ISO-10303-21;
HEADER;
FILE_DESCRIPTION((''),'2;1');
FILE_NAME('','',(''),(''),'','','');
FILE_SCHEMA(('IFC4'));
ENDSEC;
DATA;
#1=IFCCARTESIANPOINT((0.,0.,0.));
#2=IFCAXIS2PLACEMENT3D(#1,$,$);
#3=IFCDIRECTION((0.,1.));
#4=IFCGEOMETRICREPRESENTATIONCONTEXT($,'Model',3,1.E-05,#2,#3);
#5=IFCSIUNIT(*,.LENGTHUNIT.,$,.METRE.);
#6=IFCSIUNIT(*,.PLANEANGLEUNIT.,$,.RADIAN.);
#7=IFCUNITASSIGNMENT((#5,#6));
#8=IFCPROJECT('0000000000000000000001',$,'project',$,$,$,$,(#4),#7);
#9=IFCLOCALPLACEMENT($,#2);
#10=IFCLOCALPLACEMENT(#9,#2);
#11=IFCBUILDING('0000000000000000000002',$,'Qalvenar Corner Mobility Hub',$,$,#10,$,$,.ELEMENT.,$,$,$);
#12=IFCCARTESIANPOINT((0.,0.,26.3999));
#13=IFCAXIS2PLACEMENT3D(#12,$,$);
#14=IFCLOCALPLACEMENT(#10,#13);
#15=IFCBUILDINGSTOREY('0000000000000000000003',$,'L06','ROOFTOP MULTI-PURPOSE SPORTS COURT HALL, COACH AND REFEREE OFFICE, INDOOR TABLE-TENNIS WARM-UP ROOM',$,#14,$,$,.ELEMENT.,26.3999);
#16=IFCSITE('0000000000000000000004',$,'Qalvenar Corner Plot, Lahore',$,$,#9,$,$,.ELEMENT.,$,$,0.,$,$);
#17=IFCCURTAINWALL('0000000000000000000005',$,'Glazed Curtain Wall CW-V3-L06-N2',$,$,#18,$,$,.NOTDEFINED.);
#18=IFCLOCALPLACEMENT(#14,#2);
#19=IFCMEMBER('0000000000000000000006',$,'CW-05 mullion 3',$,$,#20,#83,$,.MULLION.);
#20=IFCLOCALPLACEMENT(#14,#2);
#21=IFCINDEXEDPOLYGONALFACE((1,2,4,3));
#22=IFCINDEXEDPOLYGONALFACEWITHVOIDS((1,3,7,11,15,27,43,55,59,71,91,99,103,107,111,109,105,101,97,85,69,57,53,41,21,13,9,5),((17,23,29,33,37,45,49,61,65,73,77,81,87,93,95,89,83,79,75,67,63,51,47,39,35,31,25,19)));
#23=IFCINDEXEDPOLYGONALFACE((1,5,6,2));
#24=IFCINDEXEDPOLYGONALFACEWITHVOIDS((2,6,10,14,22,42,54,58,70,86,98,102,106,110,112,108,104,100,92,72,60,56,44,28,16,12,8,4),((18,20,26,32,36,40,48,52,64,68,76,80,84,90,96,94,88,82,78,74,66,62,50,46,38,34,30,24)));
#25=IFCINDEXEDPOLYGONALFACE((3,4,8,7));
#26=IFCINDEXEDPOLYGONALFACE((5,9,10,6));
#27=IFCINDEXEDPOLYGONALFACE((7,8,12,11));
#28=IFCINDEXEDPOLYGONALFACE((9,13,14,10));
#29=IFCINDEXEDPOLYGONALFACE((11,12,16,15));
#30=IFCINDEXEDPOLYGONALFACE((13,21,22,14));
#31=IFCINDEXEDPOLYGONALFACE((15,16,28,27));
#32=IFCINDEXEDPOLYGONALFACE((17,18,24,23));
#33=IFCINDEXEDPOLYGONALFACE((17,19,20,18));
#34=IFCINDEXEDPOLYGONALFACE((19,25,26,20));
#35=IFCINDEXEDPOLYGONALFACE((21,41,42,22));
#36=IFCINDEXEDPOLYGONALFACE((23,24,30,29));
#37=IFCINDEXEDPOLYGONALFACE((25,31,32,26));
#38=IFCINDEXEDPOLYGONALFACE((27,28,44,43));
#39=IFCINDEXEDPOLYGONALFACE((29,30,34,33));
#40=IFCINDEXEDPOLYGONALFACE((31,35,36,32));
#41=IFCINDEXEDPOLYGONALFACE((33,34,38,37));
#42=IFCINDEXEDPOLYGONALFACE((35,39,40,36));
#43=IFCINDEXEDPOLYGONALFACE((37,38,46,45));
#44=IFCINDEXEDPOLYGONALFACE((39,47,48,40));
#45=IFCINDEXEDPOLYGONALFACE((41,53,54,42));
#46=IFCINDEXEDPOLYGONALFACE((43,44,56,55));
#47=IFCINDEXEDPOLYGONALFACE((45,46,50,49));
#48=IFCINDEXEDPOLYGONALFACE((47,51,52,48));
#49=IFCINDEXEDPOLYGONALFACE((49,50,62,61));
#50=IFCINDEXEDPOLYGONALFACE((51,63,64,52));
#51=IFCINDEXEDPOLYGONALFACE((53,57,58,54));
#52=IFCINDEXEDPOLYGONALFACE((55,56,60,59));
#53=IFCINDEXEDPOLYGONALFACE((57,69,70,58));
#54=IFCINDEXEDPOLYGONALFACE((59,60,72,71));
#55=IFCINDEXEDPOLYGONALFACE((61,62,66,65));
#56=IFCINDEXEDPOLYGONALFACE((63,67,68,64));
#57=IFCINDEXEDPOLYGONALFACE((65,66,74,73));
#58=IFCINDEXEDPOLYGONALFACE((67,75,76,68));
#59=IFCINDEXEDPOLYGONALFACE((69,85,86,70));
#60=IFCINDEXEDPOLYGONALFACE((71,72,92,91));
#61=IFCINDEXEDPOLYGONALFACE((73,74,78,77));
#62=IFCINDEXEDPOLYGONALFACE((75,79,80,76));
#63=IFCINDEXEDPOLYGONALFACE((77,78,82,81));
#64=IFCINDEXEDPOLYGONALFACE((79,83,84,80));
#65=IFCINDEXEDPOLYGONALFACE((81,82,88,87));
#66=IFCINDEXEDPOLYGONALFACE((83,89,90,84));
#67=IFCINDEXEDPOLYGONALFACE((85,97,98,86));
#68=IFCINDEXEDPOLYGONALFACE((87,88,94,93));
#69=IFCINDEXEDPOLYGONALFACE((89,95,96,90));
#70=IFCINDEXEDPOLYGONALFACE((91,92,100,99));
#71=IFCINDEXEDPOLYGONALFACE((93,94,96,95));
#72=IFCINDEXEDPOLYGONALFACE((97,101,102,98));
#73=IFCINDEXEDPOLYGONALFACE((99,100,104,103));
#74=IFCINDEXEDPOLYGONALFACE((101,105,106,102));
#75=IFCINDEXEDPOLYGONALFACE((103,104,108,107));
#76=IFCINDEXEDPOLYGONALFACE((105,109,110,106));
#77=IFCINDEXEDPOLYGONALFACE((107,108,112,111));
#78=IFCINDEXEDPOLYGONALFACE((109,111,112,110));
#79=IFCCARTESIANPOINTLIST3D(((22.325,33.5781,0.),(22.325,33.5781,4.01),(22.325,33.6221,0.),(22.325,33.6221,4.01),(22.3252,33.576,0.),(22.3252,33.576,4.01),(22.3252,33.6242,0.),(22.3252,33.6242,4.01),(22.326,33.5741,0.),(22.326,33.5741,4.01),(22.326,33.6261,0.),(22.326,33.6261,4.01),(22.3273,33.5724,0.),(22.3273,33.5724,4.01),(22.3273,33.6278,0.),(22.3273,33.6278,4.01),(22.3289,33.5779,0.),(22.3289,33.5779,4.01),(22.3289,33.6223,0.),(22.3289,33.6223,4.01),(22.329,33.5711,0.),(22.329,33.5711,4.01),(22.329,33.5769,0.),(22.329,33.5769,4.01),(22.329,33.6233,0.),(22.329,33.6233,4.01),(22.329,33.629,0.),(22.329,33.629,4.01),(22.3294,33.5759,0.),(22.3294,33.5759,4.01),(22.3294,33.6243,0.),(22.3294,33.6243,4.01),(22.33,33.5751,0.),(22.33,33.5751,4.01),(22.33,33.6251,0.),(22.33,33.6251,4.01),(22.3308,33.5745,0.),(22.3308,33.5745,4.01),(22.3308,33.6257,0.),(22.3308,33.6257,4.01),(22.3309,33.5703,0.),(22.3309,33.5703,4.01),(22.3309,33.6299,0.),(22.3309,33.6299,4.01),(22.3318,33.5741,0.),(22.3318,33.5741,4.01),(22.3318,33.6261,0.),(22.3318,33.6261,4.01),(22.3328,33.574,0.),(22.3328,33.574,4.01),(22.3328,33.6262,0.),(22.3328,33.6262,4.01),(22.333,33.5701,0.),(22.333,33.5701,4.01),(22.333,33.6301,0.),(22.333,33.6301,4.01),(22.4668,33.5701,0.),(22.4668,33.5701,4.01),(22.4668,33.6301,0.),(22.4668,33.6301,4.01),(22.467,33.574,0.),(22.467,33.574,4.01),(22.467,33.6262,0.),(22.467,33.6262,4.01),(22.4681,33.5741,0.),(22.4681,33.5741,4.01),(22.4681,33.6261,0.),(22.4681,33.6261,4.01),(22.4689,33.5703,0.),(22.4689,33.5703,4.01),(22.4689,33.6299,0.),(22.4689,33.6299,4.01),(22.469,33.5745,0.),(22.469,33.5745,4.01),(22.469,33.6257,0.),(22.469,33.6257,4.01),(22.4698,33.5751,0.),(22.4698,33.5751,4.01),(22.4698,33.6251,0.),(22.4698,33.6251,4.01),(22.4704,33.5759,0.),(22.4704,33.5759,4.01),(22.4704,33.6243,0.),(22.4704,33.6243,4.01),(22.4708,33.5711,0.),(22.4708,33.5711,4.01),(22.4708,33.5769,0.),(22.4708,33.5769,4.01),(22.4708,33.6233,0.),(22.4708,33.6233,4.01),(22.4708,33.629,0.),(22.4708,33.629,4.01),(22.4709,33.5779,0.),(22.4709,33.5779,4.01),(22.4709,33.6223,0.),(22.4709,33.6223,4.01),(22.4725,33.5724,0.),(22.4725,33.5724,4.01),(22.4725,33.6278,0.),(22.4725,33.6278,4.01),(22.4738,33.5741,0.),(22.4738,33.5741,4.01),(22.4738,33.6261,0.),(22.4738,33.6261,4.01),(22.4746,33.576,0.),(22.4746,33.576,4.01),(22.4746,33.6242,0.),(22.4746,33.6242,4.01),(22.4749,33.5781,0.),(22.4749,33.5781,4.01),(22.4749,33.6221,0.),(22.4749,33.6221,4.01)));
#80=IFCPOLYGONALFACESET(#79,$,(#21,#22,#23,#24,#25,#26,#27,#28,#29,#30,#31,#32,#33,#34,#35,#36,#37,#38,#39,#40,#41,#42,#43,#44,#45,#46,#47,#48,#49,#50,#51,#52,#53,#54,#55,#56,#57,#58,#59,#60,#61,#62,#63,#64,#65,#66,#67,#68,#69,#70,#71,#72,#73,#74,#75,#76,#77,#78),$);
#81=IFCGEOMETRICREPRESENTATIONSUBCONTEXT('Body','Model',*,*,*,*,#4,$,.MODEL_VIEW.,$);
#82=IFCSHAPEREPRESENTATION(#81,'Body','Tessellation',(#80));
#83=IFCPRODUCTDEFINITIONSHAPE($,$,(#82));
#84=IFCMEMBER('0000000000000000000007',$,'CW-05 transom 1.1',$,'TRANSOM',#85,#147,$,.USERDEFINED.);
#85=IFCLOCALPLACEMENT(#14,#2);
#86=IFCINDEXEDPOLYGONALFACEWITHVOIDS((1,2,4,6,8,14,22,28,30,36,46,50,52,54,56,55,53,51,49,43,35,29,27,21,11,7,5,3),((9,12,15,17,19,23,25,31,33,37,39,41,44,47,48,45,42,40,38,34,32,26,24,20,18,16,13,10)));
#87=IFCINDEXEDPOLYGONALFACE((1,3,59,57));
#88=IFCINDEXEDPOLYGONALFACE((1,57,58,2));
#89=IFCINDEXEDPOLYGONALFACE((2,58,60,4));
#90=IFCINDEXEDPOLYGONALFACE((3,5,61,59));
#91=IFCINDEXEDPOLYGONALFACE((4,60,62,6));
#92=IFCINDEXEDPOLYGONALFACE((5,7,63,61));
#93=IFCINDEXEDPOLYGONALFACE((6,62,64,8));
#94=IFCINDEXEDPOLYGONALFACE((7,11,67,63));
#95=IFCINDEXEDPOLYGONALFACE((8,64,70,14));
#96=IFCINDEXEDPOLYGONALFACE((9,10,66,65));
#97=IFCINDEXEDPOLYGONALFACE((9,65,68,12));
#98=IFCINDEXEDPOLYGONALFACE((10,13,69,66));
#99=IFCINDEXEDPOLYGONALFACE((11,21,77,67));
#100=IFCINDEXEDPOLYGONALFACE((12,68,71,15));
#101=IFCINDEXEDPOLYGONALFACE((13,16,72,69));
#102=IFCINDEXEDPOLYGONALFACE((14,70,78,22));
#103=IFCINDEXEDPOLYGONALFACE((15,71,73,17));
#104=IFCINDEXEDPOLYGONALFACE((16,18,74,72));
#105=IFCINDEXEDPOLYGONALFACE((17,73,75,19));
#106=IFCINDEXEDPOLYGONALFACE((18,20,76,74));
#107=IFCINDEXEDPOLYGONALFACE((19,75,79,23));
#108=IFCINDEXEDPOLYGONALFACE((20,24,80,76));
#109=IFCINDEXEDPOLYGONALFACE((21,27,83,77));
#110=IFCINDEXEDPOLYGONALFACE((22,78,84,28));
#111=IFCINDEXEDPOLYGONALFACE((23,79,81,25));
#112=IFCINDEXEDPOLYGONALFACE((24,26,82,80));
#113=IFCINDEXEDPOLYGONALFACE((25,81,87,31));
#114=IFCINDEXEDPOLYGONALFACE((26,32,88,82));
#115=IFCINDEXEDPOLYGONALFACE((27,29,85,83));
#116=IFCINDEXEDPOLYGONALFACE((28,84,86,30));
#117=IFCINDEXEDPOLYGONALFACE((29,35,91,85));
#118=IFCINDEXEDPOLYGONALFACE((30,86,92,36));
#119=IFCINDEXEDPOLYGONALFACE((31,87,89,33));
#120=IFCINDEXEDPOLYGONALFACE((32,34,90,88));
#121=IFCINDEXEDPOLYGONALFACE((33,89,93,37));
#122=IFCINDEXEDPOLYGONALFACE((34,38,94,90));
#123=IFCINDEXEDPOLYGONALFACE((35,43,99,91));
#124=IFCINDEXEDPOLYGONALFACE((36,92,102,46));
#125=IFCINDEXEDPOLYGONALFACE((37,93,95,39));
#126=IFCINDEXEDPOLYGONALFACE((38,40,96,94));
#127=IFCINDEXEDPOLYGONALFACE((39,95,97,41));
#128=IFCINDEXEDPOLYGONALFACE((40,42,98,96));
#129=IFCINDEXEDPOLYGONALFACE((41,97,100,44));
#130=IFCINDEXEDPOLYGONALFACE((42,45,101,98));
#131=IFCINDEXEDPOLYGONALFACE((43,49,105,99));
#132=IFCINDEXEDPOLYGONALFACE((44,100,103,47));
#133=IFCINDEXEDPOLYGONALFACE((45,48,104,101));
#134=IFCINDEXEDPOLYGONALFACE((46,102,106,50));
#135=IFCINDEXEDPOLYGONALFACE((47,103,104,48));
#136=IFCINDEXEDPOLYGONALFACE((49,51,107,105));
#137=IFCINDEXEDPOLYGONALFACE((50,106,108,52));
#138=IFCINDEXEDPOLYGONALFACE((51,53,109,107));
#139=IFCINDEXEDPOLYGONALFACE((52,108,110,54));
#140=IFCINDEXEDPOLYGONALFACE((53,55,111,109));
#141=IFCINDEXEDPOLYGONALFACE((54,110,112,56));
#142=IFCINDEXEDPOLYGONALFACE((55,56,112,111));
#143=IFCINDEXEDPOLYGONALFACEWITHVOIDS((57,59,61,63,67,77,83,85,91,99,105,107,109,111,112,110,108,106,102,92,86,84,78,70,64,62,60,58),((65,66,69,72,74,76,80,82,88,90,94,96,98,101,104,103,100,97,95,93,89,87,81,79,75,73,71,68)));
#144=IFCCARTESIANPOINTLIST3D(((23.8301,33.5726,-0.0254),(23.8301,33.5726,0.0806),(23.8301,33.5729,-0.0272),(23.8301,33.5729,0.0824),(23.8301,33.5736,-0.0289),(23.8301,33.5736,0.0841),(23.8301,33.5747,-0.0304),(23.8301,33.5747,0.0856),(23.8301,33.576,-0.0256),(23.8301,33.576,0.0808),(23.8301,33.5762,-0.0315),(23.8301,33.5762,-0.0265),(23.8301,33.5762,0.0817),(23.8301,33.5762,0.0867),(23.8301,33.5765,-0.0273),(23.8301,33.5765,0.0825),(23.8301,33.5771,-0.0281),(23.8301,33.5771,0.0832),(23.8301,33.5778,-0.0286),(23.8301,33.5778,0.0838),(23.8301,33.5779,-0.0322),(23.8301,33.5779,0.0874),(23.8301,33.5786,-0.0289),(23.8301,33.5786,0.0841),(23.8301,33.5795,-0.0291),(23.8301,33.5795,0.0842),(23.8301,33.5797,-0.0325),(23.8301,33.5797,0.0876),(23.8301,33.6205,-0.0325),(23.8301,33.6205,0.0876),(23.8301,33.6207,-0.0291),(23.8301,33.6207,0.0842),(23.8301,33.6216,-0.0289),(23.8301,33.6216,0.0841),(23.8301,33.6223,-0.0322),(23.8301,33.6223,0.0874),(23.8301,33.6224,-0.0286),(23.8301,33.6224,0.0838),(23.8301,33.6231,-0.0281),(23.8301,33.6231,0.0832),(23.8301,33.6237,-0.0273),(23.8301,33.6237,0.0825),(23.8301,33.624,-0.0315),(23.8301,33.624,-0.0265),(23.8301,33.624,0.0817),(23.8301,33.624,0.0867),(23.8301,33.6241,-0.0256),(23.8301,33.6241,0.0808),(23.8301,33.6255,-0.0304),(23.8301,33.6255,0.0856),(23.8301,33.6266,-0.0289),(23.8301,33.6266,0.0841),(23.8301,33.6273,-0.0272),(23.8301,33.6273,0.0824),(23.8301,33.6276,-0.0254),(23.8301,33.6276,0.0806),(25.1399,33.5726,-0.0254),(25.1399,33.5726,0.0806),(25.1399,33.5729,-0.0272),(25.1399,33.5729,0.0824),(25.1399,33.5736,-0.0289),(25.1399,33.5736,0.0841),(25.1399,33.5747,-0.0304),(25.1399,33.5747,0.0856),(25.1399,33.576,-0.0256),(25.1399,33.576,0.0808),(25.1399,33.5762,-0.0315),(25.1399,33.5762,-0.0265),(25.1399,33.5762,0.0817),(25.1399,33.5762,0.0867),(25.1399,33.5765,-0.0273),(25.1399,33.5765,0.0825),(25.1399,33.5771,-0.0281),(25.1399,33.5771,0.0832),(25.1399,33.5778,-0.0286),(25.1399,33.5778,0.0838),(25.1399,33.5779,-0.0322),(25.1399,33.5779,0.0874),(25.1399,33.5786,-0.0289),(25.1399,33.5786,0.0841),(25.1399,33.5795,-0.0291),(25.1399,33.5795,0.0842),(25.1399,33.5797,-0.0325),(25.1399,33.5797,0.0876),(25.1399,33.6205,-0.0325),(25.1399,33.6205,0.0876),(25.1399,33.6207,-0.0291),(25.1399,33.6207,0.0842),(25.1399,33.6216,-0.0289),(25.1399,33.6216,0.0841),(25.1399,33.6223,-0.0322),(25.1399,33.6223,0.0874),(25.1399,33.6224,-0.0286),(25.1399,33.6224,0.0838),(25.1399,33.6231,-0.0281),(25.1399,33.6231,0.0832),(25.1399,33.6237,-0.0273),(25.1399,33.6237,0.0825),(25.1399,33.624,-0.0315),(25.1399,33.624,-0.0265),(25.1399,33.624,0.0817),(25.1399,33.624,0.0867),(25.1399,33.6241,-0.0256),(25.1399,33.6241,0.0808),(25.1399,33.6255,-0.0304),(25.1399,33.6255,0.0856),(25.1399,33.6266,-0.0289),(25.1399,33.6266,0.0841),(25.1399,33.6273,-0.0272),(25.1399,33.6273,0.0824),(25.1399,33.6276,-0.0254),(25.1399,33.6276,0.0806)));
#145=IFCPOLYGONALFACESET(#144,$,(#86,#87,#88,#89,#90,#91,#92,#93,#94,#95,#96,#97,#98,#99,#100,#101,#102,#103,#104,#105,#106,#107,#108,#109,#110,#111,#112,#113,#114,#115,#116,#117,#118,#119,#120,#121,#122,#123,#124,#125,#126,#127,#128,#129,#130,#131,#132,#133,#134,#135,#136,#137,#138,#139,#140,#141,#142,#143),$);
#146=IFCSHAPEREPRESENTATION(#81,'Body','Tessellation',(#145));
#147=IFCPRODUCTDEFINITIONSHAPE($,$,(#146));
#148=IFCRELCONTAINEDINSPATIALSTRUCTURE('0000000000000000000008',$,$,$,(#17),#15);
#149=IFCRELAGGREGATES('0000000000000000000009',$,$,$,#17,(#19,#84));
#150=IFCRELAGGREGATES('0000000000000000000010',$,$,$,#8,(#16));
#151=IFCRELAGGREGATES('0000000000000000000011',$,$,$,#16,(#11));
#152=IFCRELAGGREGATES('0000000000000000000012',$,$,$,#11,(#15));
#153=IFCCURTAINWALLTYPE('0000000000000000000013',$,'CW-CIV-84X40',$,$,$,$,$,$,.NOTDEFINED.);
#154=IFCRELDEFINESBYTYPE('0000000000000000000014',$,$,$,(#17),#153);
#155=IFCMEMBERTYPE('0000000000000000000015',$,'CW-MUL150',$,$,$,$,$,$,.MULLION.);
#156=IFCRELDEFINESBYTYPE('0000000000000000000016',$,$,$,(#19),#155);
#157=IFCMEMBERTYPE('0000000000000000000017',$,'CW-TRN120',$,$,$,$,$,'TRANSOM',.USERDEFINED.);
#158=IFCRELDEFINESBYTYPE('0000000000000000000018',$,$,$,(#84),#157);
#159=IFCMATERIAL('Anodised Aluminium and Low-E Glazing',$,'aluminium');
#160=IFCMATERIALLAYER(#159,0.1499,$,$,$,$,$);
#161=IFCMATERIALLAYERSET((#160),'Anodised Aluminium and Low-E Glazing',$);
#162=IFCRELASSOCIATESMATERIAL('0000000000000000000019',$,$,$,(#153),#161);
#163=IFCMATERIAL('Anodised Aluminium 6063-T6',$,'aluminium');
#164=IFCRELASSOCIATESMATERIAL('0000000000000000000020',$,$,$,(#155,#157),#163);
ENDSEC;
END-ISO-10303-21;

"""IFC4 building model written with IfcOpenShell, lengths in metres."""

from ifc_helpers import new_model, si_unit, direction, frame, origin, origin_2d, place, context, subcontext, project, spatial, hollow_rectangle, extrude, material, layer, layer_set, material_profile, profile_set, type_object, element, aggregate, save


model = new_model("IFC4")

# Units and contexts
model_context = context("Model", 3, precision=1e-05, world=origin(), true_north=direction((0.0, 1.0)))
body_context = subcontext(model_context, "Body", "Model", "MODEL_VIEW")
ifc_project = project(units=[si_unit("LENGTHUNIT", "METRE"), si_unit("PLANEANGLEUNIT", "RADIAN")], contexts=[model_context])

# Site, building, storey
site_placement = place(None, origin())
site = spatial("IfcSite", under=ifc_project, at=site_placement, Name="Qalvenar Corner Plot, Lahore", CompositionType="ELEMENT", RefElevation=0.0)
building_placement = place(site_placement, origin())
building = spatial("IfcBuilding", under=site, at=building_placement, Name="Qalvenar Corner Mobility Hub", CompositionType="ELEMENT")
storey_placement = place(building_placement, frame((0.0, 0.0, 26.3999)))
storey = spatial("IfcBuildingStorey", under=building, at=storey_placement, Name="L06", Description="ROOFTOP MULTI-PURPOSE SPORTS COURT HALL, COACH AND REFEREE OFFICE, INDOOR TABLE-TENNIS WARM-UP ROOM", CompositionType="ELEMENT", Elevation=26.3999)

# Curtain wall, members
ifc_material_1 = material(Name="Anodised Aluminium and Low-E Glazing", Category="aluminium")
ifc_layer_1 = layer(ifc_material_1, 0.1499)
ifc_layer_set_1 = layer_set([ifc_layer_1], Name="Anodised Aluminium and Low-E Glazing")
curtain_wall_type = type_object("IfcCurtainWallType", Name="CW-CIV-84X40", PredefinedType="NOTDEFINED", material=ifc_layer_set_1)
curtain_wall_placement = place(storey_placement, origin())
curtain_wall = element("IfcCurtainWall", 1, at=curtain_wall_placement, inside=storey, type_object=curtain_wall_type, Name="Glazed Curtain Wall CW-V3-L06-N2", PredefinedType="NOTDEFINED")
ifc_material_2 = material(Name="Anodised Aluminium 6063-T6", Category="aluminium")
ifc_material_profile_1 = material_profile(ifc_material_2, hollow_rectangle(XDim=0.0601, YDim=0.1499, WallThickness=0.0039, InnerFilletRadius=0.0039, OuterFilletRadius=0.0081, at=origin_2d()), Name="RHS150x60x4")
ifc_profile_set_1 = profile_set([ifc_material_profile_1], Name="Anodised Aluminium 6063-T6")
member_type_1 = type_object("IfcMemberType", Name="CW-MUL150", PredefinedType="MULLION", material=ifc_profile_set_1)
member_1_placement = place(storey_placement, frame((22.3999, 33.6001, 0.0), z_axis=(0.0, 0.0, 1.0), x_axis=(0.0, -1.0, 0.0)))
member_1 = element("IfcMember", 2, at=member_1_placement, type_object=member_type_1, Name="CW-05 mullion 3", PredefinedType="MULLION", context=body_context, shape_type="SweptSolid", body=[
    extrude(hollow_rectangle(XDim=0.0601, YDim=0.1499, WallThickness=0.0039, InnerFilletRadius=0.0039, OuterFilletRadius=0.0081, at=origin_2d()), origin(), (0.0, 0.0, 1.0), 4.01),
])
ifc_material_profile_2 = material_profile(ifc_material_2, hollow_rectangle(XDim=0.0549, YDim=0.1201, WallThickness=0.0034, InnerFilletRadius=0.0034, OuterFilletRadius=0.0071, at=origin_2d()), Name="RHS120x55x3.5")
ifc_profile_set_2 = profile_set([ifc_material_profile_2], Name="Anodised Aluminium 6063-T6")
member_type_2 = type_object("IfcMemberType", Name="CW-TRN120", ElementType="TRANSOM", PredefinedType="USERDEFINED", material=ifc_profile_set_2)
member_2_placement = place(storey_placement, frame((25.1399, 33.6001, 0.0276), z_axis=(-1.0, 0.0, 0.0), x_axis=(0.0, -1.0, 0.0)))
member_2 = element("IfcMember", 3, at=member_2_placement, type_object=member_type_2, Name="CW-05 transom 1.1", ObjectType="TRANSOM", PredefinedType="USERDEFINED", context=body_context, shape_type="SweptSolid", body=[
    extrude(hollow_rectangle(XDim=0.0549, YDim=0.1201, WallThickness=0.0034, InnerFilletRadius=0.0034, OuterFilletRadius=0.0071, at=origin_2d()), origin(), (0.0, 0.0, 1.0), 1.3098),
])

aggregate(curtain_wall, [member_1, member_2])

save(model, "model.ifc")
